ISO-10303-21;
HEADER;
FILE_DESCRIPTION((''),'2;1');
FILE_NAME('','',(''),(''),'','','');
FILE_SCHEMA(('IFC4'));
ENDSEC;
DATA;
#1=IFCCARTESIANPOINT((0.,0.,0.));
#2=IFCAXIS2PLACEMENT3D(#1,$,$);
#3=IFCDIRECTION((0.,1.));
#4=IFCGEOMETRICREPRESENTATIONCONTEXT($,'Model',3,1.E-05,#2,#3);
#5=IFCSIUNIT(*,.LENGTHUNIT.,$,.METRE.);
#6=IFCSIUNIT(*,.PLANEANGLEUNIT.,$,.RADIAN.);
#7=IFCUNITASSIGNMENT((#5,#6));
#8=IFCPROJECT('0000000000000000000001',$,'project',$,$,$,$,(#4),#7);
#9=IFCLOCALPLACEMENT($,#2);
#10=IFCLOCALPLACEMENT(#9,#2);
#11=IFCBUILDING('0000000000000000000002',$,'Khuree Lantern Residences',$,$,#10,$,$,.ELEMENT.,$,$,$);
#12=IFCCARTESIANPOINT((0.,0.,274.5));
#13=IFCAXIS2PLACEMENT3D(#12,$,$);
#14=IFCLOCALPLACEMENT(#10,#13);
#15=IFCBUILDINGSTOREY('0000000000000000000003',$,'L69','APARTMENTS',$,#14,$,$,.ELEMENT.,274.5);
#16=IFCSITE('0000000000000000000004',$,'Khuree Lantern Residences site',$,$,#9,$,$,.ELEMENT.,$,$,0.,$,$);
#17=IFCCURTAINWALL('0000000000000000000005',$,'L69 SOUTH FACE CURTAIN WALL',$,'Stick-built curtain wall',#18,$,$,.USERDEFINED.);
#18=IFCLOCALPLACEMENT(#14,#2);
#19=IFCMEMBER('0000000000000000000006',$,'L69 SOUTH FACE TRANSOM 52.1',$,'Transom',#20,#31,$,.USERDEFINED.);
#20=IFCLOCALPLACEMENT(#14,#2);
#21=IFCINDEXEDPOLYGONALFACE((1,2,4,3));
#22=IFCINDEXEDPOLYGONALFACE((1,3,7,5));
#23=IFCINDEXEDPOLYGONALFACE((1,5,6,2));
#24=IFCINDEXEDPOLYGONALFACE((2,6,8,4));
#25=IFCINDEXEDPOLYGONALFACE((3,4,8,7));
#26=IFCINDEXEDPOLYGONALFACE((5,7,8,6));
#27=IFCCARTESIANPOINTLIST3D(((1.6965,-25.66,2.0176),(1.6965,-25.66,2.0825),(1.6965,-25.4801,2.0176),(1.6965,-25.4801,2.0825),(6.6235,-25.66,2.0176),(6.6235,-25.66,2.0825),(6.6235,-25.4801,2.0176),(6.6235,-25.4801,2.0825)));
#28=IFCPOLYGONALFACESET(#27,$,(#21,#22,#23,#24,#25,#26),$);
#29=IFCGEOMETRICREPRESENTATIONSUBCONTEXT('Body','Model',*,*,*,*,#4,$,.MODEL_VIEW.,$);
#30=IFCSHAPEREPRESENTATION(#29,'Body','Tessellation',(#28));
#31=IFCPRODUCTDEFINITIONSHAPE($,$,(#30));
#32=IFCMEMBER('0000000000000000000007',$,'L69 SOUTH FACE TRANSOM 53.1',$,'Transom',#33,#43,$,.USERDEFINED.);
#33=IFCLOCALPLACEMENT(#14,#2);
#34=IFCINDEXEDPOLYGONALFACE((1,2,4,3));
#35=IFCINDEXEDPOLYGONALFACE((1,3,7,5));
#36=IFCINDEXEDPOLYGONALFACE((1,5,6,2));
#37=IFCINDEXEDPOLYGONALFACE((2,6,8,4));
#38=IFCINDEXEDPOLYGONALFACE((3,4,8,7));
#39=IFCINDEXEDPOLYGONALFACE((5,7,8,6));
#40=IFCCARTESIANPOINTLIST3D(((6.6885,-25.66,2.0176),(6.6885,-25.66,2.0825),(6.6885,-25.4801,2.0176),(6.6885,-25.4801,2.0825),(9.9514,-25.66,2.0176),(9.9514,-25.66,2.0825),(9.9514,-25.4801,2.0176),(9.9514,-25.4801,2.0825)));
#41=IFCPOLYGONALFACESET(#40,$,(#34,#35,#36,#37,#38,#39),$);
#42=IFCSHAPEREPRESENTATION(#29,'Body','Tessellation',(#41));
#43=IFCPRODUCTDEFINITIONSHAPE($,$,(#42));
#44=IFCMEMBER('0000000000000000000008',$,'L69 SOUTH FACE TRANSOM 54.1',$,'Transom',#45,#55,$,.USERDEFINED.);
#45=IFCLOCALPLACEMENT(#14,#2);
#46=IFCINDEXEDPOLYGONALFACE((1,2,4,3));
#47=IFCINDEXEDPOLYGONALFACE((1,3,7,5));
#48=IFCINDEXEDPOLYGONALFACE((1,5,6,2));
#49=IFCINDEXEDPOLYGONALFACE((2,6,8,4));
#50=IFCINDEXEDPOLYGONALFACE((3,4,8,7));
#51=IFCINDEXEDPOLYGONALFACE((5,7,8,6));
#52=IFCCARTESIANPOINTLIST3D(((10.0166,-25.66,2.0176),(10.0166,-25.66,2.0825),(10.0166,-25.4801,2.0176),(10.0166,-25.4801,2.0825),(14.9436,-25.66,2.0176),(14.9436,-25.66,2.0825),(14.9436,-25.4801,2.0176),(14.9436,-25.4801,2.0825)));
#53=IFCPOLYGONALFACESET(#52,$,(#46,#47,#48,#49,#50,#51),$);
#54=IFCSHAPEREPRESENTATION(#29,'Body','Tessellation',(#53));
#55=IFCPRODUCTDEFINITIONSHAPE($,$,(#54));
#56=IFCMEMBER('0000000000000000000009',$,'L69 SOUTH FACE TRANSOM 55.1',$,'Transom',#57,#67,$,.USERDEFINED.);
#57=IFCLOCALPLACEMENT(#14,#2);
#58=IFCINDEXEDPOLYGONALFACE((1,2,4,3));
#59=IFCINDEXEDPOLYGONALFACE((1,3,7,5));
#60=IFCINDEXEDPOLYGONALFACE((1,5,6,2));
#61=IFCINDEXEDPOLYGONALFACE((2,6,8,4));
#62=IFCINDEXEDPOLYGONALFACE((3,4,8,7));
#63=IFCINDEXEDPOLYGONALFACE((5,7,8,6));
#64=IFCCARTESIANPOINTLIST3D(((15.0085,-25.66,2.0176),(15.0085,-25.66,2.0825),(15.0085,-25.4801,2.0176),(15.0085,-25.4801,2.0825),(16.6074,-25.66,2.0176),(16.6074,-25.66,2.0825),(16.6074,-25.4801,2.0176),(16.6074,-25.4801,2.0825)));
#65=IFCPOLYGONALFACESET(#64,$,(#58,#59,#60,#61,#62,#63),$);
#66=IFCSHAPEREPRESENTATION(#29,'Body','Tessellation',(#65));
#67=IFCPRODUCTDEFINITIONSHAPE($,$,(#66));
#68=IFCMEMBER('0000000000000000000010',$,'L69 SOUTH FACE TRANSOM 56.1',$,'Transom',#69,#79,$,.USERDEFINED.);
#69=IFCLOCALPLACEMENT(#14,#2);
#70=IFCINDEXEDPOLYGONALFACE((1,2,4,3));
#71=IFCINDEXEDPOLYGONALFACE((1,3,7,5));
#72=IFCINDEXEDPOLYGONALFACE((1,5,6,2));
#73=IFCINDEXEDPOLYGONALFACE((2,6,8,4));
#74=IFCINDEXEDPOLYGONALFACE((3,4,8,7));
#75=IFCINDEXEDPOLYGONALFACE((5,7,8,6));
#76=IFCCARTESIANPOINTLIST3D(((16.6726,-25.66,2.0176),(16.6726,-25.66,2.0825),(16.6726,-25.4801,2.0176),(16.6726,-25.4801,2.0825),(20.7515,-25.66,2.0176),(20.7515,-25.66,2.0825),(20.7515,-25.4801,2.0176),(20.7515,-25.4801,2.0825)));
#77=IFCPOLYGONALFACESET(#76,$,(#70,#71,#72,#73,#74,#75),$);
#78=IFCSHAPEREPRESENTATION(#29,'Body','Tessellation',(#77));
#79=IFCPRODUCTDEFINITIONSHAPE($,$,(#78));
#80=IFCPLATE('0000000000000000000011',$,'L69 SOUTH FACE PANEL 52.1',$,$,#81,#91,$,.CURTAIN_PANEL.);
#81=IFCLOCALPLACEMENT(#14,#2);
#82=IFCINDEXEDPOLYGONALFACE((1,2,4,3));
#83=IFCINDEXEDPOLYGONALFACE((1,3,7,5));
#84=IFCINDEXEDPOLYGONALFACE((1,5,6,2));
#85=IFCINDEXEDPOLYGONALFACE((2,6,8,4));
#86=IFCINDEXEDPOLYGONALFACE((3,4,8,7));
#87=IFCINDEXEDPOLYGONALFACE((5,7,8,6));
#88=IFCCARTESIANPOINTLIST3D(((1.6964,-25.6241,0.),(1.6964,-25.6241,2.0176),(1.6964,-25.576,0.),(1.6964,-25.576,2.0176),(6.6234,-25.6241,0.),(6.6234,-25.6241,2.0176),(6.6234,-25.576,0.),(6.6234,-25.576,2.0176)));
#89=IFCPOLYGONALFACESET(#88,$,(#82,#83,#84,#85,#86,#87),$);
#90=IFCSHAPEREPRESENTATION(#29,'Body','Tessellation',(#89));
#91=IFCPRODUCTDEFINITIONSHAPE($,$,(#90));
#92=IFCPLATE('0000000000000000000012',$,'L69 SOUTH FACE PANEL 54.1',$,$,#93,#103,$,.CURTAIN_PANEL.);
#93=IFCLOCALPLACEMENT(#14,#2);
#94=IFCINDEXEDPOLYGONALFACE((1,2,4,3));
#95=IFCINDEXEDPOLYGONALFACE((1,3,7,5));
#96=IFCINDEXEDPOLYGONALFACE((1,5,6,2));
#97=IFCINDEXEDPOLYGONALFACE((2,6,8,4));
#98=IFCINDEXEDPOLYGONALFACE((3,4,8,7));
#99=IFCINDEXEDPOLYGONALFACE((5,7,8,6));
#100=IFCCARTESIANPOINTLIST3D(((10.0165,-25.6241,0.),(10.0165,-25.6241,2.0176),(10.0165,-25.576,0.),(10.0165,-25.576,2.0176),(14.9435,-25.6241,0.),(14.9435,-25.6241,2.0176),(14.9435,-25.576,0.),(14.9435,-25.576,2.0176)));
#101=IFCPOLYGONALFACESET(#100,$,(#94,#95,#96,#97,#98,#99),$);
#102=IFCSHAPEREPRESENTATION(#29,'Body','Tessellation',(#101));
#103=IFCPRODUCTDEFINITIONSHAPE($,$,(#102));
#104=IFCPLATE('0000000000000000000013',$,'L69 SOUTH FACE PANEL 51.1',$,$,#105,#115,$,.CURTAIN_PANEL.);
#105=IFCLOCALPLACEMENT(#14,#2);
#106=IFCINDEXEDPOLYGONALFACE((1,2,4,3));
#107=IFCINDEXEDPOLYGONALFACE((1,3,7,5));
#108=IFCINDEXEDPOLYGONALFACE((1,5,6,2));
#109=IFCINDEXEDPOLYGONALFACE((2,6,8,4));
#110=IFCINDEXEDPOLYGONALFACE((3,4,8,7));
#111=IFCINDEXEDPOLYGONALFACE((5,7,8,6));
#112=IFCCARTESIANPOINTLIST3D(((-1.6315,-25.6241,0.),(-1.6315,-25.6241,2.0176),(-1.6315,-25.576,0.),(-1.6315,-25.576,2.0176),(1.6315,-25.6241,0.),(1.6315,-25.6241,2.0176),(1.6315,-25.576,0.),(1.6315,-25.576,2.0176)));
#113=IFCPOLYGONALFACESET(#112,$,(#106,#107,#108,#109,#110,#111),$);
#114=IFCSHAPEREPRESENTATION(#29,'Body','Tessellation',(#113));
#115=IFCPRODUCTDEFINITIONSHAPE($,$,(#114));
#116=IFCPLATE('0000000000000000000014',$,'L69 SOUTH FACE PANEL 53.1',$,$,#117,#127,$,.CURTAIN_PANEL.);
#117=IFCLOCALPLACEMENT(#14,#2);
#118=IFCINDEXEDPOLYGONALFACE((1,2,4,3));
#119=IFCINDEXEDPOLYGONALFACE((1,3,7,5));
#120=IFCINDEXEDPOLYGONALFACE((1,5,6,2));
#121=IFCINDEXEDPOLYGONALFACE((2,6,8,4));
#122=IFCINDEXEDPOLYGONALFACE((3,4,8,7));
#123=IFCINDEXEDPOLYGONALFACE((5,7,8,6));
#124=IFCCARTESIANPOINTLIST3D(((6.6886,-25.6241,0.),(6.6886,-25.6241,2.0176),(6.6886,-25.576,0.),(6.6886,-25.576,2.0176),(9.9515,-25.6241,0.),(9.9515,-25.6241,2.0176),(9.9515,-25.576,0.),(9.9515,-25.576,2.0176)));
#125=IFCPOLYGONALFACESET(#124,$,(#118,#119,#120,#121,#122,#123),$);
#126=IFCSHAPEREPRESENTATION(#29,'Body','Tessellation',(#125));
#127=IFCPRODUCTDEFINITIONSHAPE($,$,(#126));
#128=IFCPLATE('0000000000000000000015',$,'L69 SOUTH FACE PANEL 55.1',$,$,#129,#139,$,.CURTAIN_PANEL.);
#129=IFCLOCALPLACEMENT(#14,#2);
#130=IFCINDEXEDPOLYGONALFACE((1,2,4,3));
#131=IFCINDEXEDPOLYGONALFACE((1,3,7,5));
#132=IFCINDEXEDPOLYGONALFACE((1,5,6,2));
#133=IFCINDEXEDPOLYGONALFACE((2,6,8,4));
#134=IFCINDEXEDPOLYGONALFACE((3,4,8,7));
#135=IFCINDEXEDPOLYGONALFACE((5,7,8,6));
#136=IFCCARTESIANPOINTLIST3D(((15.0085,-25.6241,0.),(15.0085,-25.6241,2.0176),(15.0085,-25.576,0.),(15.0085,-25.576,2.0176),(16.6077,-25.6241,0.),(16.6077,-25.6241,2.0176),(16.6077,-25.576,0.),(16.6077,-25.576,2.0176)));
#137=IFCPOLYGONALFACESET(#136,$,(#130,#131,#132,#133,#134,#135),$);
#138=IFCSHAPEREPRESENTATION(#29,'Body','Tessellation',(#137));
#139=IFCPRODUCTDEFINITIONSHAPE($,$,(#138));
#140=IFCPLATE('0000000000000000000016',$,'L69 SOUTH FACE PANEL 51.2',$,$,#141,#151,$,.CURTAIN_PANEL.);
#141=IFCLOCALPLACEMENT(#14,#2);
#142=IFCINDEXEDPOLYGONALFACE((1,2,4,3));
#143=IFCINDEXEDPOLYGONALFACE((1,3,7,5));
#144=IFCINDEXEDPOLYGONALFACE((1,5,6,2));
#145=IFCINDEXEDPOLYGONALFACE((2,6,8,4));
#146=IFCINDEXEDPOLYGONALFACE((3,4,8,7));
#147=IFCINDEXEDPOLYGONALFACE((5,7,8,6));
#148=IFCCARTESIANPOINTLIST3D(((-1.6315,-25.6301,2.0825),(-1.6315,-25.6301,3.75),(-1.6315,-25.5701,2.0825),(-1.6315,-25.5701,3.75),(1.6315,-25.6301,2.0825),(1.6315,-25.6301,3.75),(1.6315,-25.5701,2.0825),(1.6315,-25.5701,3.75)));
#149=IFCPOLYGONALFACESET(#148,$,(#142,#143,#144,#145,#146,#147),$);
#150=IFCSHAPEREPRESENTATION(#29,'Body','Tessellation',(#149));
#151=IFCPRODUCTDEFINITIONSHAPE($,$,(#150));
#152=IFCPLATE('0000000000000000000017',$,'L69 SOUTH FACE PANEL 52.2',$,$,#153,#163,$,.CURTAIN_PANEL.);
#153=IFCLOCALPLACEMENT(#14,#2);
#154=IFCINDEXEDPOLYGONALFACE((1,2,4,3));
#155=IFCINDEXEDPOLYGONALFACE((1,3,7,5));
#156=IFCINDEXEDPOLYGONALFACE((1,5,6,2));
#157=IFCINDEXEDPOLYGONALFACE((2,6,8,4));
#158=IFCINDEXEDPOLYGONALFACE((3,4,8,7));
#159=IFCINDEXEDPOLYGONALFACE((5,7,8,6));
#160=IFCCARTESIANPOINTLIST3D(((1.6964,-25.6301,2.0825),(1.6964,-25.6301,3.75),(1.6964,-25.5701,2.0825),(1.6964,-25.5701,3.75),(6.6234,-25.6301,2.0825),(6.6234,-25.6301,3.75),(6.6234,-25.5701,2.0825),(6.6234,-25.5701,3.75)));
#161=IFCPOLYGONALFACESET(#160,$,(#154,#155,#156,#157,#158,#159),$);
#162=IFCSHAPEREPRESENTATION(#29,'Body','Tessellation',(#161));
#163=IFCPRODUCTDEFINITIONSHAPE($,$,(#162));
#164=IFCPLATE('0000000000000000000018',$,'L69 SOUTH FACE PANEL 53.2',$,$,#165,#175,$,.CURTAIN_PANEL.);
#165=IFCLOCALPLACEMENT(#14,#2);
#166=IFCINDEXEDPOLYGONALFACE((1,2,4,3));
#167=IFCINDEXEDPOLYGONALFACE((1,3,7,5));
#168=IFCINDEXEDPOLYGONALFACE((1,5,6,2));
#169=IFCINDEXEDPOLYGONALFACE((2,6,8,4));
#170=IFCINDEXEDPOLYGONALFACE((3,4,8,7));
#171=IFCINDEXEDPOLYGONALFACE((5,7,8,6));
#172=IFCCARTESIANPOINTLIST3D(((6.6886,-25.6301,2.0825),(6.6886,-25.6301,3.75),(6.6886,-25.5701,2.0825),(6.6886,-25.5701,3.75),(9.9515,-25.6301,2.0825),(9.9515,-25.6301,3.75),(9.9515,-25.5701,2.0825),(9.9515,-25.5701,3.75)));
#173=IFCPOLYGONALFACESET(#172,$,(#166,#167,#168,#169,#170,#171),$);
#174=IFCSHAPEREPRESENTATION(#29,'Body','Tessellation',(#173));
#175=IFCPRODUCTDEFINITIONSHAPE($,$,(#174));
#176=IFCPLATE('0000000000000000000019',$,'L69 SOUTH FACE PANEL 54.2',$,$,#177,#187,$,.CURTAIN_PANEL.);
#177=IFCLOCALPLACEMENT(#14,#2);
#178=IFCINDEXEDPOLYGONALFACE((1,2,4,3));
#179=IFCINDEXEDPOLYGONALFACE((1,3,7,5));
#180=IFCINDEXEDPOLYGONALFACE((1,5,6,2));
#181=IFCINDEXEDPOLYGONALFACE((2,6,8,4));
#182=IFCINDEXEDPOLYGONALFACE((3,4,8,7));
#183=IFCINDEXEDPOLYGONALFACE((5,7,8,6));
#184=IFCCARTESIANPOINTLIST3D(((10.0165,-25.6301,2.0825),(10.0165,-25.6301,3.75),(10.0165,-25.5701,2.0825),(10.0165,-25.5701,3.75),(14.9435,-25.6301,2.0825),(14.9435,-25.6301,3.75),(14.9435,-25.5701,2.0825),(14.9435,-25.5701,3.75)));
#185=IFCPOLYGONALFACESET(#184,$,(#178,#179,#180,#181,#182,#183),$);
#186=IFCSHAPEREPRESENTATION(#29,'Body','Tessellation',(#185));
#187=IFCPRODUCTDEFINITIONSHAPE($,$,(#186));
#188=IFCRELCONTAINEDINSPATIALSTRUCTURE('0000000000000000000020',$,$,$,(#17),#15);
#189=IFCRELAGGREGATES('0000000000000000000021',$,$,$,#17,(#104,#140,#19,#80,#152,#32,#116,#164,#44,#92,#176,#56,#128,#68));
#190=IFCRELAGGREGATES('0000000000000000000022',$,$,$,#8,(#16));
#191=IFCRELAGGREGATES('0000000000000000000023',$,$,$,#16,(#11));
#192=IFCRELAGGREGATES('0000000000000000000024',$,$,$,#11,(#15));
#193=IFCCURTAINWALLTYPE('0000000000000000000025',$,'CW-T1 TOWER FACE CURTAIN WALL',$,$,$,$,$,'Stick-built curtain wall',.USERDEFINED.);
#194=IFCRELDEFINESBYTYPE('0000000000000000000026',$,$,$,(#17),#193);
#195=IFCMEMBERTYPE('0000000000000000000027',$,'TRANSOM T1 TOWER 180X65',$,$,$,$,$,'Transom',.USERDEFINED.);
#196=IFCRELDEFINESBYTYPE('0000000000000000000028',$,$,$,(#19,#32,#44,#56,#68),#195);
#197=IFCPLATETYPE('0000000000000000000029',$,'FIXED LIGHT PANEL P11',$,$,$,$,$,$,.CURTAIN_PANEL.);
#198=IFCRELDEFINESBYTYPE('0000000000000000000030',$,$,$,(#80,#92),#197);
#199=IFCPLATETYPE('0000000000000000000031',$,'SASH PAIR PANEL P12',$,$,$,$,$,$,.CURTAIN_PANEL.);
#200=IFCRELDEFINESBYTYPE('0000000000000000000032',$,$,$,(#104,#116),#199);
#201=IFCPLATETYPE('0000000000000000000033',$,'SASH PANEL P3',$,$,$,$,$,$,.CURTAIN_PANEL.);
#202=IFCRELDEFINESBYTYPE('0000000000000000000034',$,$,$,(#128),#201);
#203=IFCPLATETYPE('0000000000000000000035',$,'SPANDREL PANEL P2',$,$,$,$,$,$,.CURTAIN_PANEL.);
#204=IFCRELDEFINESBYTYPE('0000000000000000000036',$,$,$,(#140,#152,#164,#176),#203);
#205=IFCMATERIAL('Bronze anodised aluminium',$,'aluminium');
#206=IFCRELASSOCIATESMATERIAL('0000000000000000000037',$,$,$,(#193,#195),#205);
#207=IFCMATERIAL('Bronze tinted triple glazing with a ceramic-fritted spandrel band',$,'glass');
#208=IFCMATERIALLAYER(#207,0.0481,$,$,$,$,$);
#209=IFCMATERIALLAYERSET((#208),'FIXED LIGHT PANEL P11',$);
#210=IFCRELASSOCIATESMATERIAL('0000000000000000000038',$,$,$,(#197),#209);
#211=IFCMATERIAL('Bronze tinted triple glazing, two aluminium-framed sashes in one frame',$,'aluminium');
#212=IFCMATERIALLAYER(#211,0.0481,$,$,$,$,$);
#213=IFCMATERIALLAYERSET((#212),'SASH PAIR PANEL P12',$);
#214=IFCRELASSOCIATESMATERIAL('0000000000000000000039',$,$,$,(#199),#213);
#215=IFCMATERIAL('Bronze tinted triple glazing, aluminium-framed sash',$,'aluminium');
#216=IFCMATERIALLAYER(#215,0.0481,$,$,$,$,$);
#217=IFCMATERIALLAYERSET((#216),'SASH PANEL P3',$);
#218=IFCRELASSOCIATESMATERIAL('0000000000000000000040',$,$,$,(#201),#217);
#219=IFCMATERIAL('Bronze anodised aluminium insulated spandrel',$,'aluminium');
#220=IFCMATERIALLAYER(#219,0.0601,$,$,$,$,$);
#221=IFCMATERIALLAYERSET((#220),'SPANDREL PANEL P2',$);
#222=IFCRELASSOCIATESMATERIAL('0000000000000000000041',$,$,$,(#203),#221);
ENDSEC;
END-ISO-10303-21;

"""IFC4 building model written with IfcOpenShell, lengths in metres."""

from ifc_helpers import new_model, si_unit, direction, frame, origin, origin_2d, place, context, subcontext, project, spatial, rectangle, extrude, material, layer, layer_set, material_profile, profile_set, type_object, element, aggregate, save


model = new_model("IFC4")

# Units and contexts
model_context = context("Model", 3, precision=1e-05, world=origin(), true_north=direction((0.0, 1.0)))
body_context = subcontext(model_context, "Body", "Model", "MODEL_VIEW")
ifc_project = project(units=[si_unit("LENGTHUNIT", "METRE"), si_unit("PLANEANGLEUNIT", "RADIAN")], contexts=[model_context])

# Site, building, storey
site_placement = place(None, origin())
site = spatial("IfcSite", under=ifc_project, at=site_placement, Name="Khuree Lantern Residences site", CompositionType="ELEMENT", RefElevation=0.0)
building_placement = place(site_placement, origin())
building = spatial("IfcBuilding", under=site, at=building_placement, Name="Khuree Lantern Residences", CompositionType="ELEMENT")
storey_placement = place(building_placement, frame((0.0, 0.0, 274.5)))
storey = spatial("IfcBuildingStorey", under=building, at=storey_placement, Name="L69", Description="APARTMENTS", CompositionType="ELEMENT", Elevation=274.5)

# Curtain wall
ifc_material_1 = material(Name="Bronze anodised aluminium", Category="aluminium")
curtain_wall_type = type_object("IfcCurtainWallType", Name="CW-T1 TOWER FACE CURTAIN WALL", ElementType="Stick-built curtain wall", PredefinedType="USERDEFINED", material=ifc_material_1)
curtain_wall_placement = place(storey_placement, origin())
curtain_wall = element("IfcCurtainWall", 1, at=curtain_wall_placement, inside=storey, type_object=curtain_wall_type, Name="L69 SOUTH FACE CURTAIN WALL", ObjectType="Stick-built curtain wall", PredefinedType="USERDEFINED")

# Members
ifc_material_profile_1 = material_profile(ifc_material_1, rectangle(XDim=0.1799, YDim=0.0649, at=origin_2d()), Name="T1 180X65")
ifc_profile_set_1 = profile_set([ifc_material_profile_1], Name="Bronze anodised aluminium")
member_type_1 = type_object("IfcMemberType", Name="TRANSOM T1 TOWER 180X65", ElementType="Transom", PredefinedType="USERDEFINED", material=ifc_profile_set_1)
member_1_placement = place(storey_placement, frame((1.6965, -25.5701, 2.05), z_axis=(1.0, 0.0, 0.0), x_axis=(0.0, 1.0, 0.0)))
member_1 = element("IfcMember", 2, at=member_1_placement, type_object=member_type_1, Name="L69 SOUTH FACE TRANSOM 52.1", ObjectType="Transom", PredefinedType="USERDEFINED", context=body_context, shape_type="SweptSolid", body=[
    extrude(rectangle(XDim=0.1799, YDim=0.0649, at=origin_2d()), origin(), (0.0, 0.0, 1.0), 4.927),
])
member_2_placement = place(storey_placement, frame((6.6885, -25.5701, 2.05), z_axis=(1.0, 0.0, 0.0), x_axis=(0.0, 1.0, 0.0)))
member_2 = element("IfcMember", 3, at=member_2_placement, type_object=member_type_1, Name="L69 SOUTH FACE TRANSOM 53.1", ObjectType="Transom", PredefinedType="USERDEFINED", context=body_context, shape_type="SweptSolid", body=[
    extrude(rectangle(XDim=0.1799, YDim=0.0649, at=origin_2d()), origin(), (0.0, 0.0, 1.0), 3.2629),
])
member_3_placement = place(storey_placement, frame((10.0166, -25.5701, 2.05), z_axis=(1.0, 0.0, 0.0), x_axis=(0.0, 1.0, 0.0)))
member_3 = element("IfcMember", 4, at=member_3_placement, type_object=member_type_1, Name="L69 SOUTH FACE TRANSOM 54.1", ObjectType="Transom", PredefinedType="USERDEFINED", context=body_context, shape_type="SweptSolid", body=[
    extrude(rectangle(XDim=0.1799, YDim=0.0649, at=origin_2d()), origin(), (0.0, 0.0, 1.0), 4.927),
])
member_4_placement = place(storey_placement, frame((15.0085, -25.5701, 2.05), z_axis=(1.0, 0.0, 0.0), x_axis=(0.0, 1.0, 0.0)))
member_4 = element("IfcMember", 5, at=member_4_placement, type_object=member_type_1, Name="L69 SOUTH FACE TRANSOM 55.1", ObjectType="Transom", PredefinedType="USERDEFINED", context=body_context, shape_type="SweptSolid", body=[
    extrude(rectangle(XDim=0.1799, YDim=0.0649, at=origin_2d()), origin(), (0.0, 0.0, 1.0), 1.5989),
])
member_5_placement = place(storey_placement, frame((16.6726, -25.5701, 2.05), z_axis=(1.0, 0.0, 0.0), x_axis=(0.0, 1.0, 0.0)))
member_5 = element("IfcMember", 6, at=member_5_placement, type_object=member_type_1, Name="L69 SOUTH FACE TRANSOM 56.1", ObjectType="Transom", PredefinedType="USERDEFINED", context=body_context, shape_type="SweptSolid", body=[
    extrude(rectangle(XDim=0.1799, YDim=0.0649, at=origin_2d()), origin(), (0.0, 0.0, 1.0), 4.0789),
])

# Plates
ifc_material_2 = material(Name="Bronze tinted triple glazing with a ceramic-fritted spandrel band", Category="glass")
ifc_layer_1 = layer(ifc_material_2, 0.0481)
ifc_layer_set_1 = layer_set([ifc_layer_1], Name="FIXED LIGHT PANEL P11")
plate_type_1 = type_object("IfcPlateType", Name="FIXED LIGHT PANEL P11", PredefinedType="CURTAIN_PANEL", material=ifc_layer_set_1)
plate_1_placement = place(storey_placement, frame((4.1599, -25.6001, 0.0), z_axis=(0.0, 0.0, 1.0), x_axis=(1.0, 0.0, 0.0)))
plate_1 = element("IfcPlate", 7, at=plate_1_placement, type_object=plate_type_1, Name="L69 SOUTH FACE PANEL 52.1", PredefinedType="CURTAIN_PANEL", context=body_context, shape_type="SweptSolid", body=[
    extrude(rectangle(XDim=4.927, YDim=0.0481, at=origin_2d()), origin(), (0.0, 0.0, 1.0), 2.0176),
])
plate_2_placement = place(storey_placement, frame((12.48, -25.6001, 0.0), z_axis=(0.0, 0.0, 1.0), x_axis=(1.0, 0.0, 0.0)))
plate_2 = element("IfcPlate", 8, at=plate_2_placement, type_object=plate_type_1, Name="L69 SOUTH FACE PANEL 54.1", PredefinedType="CURTAIN_PANEL", context=body_context, shape_type="SweptSolid", body=[
    extrude(rectangle(XDim=4.927, YDim=0.0481, at=origin_2d()), origin(), (0.0, 0.0, 1.0), 2.0176),
])
ifc_material_3 = material(Name="Bronze tinted triple glazing, two aluminium-framed sashes in one frame", Category="aluminium")
ifc_layer_2 = layer(ifc_material_3, 0.0481)
ifc_layer_set_2 = layer_set([ifc_layer_2], Name="SASH PAIR PANEL P12")
plate_type_2 = type_object("IfcPlateType", Name="SASH PAIR PANEL P12", PredefinedType="CURTAIN_PANEL", material=ifc_layer_set_2)
plate_3_placement = place(storey_placement, frame((0.0, -25.6001, 0.0), z_axis=(0.0, 0.0, 1.0), x_axis=(1.0, 0.0, 0.0)))
plate_3 = element("IfcPlate", 9, at=plate_3_placement, type_object=plate_type_2, Name="L69 SOUTH FACE PANEL 51.1", PredefinedType="CURTAIN_PANEL", context=body_context, shape_type="SweptSolid", body=[
    extrude(rectangle(XDim=3.2629, YDim=0.0481, at=origin_2d()), origin(), (0.0, 0.0, 1.0), 2.0176),
])
plate_4_placement = place(storey_placement, frame((8.3201, -25.6001, 0.0), z_axis=(0.0, 0.0, 1.0), x_axis=(1.0, 0.0, 0.0)))
plate_4 = element("IfcPlate", 10, at=plate_4_placement, type_object=plate_type_2, Name="L69 SOUTH FACE PANEL 53.1", PredefinedType="CURTAIN_PANEL", context=body_context, shape_type="SweptSolid", body=[
    extrude(rectangle(XDim=3.2629, YDim=0.0481, at=origin_2d()), origin(), (0.0, 0.0, 1.0), 2.0176),
])
ifc_material_4 = material(Name="Bronze tinted triple glazing, aluminium-framed sash", Category="aluminium")
ifc_layer_3 = layer(ifc_material_4, 0.0481)
ifc_layer_set_3 = layer_set([ifc_layer_3], Name="SASH PANEL P3")
plate_type_3 = type_object("IfcPlateType", Name="SASH PANEL P3", PredefinedType="CURTAIN_PANEL", material=ifc_layer_set_3)
plate_5_placement = place(storey_placement, frame((15.8081, -25.6001, 0.0), z_axis=(0.0, 0.0, 1.0), x_axis=(1.0, 0.0, 0.0)))
plate_5 = element("IfcPlate", 11, at=plate_5_placement, type_object=plate_type_3, Name="L69 SOUTH FACE PANEL 55.1", PredefinedType="CURTAIN_PANEL", context=body_context, shape_type="SweptSolid", body=[
    extrude(rectangle(XDim=1.5991, YDim=0.0481, at=origin_2d()), origin(), (0.0, 0.0, 1.0), 2.0176),
])
ifc_material_5 = material(Name="Bronze anodised aluminium insulated spandrel", Category="aluminium")
ifc_layer_4 = layer(ifc_material_5, 0.0601)
ifc_layer_set_4 = layer_set([ifc_layer_4], Name="SPANDREL PANEL P2")
plate_type_4 = type_object("IfcPlateType", Name="SPANDREL PANEL P2", PredefinedType="CURTAIN_PANEL", material=ifc_layer_set_4)
plate_6_placement = place(storey_placement, frame((0.0, -25.6001, 2.0825), z_axis=(0.0, 0.0, 1.0), x_axis=(1.0, 0.0, 0.0)))
plate_6 = element("IfcPlate", 12, at=plate_6_placement, type_object=plate_type_4, Name="L69 SOUTH FACE PANEL 51.2", PredefinedType="CURTAIN_PANEL", context=body_context, shape_type="SweptSolid", body=[
    extrude(rectangle(XDim=3.2629, YDim=0.0601, at=origin_2d()), origin(), (0.0, 0.0, 1.0), 1.6675),
])
plate_7_placement = place(storey_placement, frame((4.1599, -25.6001, 2.0825), z_axis=(0.0, 0.0, 1.0), x_axis=(1.0, 0.0, 0.0)))
plate_7 = element("IfcPlate", 13, at=plate_7_placement, type_object=plate_type_4, Name="L69 SOUTH FACE PANEL 52.2", PredefinedType="CURTAIN_PANEL", context=body_context, shape_type="SweptSolid", body=[
    extrude(rectangle(XDim=4.927, YDim=0.0601, at=origin_2d()), origin(), (0.0, 0.0, 1.0), 1.6675),
])
plate_8_placement = place(storey_placement, frame((8.3201, -25.6001, 2.0825), z_axis=(0.0, 0.0, 1.0), x_axis=(1.0, 0.0, 0.0)))
plate_8 = element("IfcPlate", 14, at=plate_8_placement, type_object=plate_type_4, Name="L69 SOUTH FACE PANEL 53.2", PredefinedType="CURTAIN_PANEL", context=body_context, shape_type="SweptSolid", body=[
    extrude(rectangle(XDim=3.2629, YDim=0.0601, at=origin_2d()), origin(), (0.0, 0.0, 1.0), 1.6675),
])
plate_9_placement = place(storey_placement, frame((12.48, -25.6001, 2.0825), z_axis=(0.0, 0.0, 1.0), x_axis=(1.0, 0.0, 0.0)))
plate_9 = element("IfcPlate", 15, at=plate_9_placement, type_object=plate_type_4, Name="L69 SOUTH FACE PANEL 54.2", PredefinedType="CURTAIN_PANEL", context=body_context, shape_type="SweptSolid", body=[
    extrude(rectangle(XDim=4.927, YDim=0.0601, at=origin_2d()), origin(), (0.0, 0.0, 1.0), 1.6675),
])
aggregate(curtain_wall, [plate_3, plate_6, member_1, plate_1, plate_7, member_2, plate_4, plate_8, member_3, plate_2, plate_9, member_4, plate_5, member_5])

save(model, "model.ifc")
